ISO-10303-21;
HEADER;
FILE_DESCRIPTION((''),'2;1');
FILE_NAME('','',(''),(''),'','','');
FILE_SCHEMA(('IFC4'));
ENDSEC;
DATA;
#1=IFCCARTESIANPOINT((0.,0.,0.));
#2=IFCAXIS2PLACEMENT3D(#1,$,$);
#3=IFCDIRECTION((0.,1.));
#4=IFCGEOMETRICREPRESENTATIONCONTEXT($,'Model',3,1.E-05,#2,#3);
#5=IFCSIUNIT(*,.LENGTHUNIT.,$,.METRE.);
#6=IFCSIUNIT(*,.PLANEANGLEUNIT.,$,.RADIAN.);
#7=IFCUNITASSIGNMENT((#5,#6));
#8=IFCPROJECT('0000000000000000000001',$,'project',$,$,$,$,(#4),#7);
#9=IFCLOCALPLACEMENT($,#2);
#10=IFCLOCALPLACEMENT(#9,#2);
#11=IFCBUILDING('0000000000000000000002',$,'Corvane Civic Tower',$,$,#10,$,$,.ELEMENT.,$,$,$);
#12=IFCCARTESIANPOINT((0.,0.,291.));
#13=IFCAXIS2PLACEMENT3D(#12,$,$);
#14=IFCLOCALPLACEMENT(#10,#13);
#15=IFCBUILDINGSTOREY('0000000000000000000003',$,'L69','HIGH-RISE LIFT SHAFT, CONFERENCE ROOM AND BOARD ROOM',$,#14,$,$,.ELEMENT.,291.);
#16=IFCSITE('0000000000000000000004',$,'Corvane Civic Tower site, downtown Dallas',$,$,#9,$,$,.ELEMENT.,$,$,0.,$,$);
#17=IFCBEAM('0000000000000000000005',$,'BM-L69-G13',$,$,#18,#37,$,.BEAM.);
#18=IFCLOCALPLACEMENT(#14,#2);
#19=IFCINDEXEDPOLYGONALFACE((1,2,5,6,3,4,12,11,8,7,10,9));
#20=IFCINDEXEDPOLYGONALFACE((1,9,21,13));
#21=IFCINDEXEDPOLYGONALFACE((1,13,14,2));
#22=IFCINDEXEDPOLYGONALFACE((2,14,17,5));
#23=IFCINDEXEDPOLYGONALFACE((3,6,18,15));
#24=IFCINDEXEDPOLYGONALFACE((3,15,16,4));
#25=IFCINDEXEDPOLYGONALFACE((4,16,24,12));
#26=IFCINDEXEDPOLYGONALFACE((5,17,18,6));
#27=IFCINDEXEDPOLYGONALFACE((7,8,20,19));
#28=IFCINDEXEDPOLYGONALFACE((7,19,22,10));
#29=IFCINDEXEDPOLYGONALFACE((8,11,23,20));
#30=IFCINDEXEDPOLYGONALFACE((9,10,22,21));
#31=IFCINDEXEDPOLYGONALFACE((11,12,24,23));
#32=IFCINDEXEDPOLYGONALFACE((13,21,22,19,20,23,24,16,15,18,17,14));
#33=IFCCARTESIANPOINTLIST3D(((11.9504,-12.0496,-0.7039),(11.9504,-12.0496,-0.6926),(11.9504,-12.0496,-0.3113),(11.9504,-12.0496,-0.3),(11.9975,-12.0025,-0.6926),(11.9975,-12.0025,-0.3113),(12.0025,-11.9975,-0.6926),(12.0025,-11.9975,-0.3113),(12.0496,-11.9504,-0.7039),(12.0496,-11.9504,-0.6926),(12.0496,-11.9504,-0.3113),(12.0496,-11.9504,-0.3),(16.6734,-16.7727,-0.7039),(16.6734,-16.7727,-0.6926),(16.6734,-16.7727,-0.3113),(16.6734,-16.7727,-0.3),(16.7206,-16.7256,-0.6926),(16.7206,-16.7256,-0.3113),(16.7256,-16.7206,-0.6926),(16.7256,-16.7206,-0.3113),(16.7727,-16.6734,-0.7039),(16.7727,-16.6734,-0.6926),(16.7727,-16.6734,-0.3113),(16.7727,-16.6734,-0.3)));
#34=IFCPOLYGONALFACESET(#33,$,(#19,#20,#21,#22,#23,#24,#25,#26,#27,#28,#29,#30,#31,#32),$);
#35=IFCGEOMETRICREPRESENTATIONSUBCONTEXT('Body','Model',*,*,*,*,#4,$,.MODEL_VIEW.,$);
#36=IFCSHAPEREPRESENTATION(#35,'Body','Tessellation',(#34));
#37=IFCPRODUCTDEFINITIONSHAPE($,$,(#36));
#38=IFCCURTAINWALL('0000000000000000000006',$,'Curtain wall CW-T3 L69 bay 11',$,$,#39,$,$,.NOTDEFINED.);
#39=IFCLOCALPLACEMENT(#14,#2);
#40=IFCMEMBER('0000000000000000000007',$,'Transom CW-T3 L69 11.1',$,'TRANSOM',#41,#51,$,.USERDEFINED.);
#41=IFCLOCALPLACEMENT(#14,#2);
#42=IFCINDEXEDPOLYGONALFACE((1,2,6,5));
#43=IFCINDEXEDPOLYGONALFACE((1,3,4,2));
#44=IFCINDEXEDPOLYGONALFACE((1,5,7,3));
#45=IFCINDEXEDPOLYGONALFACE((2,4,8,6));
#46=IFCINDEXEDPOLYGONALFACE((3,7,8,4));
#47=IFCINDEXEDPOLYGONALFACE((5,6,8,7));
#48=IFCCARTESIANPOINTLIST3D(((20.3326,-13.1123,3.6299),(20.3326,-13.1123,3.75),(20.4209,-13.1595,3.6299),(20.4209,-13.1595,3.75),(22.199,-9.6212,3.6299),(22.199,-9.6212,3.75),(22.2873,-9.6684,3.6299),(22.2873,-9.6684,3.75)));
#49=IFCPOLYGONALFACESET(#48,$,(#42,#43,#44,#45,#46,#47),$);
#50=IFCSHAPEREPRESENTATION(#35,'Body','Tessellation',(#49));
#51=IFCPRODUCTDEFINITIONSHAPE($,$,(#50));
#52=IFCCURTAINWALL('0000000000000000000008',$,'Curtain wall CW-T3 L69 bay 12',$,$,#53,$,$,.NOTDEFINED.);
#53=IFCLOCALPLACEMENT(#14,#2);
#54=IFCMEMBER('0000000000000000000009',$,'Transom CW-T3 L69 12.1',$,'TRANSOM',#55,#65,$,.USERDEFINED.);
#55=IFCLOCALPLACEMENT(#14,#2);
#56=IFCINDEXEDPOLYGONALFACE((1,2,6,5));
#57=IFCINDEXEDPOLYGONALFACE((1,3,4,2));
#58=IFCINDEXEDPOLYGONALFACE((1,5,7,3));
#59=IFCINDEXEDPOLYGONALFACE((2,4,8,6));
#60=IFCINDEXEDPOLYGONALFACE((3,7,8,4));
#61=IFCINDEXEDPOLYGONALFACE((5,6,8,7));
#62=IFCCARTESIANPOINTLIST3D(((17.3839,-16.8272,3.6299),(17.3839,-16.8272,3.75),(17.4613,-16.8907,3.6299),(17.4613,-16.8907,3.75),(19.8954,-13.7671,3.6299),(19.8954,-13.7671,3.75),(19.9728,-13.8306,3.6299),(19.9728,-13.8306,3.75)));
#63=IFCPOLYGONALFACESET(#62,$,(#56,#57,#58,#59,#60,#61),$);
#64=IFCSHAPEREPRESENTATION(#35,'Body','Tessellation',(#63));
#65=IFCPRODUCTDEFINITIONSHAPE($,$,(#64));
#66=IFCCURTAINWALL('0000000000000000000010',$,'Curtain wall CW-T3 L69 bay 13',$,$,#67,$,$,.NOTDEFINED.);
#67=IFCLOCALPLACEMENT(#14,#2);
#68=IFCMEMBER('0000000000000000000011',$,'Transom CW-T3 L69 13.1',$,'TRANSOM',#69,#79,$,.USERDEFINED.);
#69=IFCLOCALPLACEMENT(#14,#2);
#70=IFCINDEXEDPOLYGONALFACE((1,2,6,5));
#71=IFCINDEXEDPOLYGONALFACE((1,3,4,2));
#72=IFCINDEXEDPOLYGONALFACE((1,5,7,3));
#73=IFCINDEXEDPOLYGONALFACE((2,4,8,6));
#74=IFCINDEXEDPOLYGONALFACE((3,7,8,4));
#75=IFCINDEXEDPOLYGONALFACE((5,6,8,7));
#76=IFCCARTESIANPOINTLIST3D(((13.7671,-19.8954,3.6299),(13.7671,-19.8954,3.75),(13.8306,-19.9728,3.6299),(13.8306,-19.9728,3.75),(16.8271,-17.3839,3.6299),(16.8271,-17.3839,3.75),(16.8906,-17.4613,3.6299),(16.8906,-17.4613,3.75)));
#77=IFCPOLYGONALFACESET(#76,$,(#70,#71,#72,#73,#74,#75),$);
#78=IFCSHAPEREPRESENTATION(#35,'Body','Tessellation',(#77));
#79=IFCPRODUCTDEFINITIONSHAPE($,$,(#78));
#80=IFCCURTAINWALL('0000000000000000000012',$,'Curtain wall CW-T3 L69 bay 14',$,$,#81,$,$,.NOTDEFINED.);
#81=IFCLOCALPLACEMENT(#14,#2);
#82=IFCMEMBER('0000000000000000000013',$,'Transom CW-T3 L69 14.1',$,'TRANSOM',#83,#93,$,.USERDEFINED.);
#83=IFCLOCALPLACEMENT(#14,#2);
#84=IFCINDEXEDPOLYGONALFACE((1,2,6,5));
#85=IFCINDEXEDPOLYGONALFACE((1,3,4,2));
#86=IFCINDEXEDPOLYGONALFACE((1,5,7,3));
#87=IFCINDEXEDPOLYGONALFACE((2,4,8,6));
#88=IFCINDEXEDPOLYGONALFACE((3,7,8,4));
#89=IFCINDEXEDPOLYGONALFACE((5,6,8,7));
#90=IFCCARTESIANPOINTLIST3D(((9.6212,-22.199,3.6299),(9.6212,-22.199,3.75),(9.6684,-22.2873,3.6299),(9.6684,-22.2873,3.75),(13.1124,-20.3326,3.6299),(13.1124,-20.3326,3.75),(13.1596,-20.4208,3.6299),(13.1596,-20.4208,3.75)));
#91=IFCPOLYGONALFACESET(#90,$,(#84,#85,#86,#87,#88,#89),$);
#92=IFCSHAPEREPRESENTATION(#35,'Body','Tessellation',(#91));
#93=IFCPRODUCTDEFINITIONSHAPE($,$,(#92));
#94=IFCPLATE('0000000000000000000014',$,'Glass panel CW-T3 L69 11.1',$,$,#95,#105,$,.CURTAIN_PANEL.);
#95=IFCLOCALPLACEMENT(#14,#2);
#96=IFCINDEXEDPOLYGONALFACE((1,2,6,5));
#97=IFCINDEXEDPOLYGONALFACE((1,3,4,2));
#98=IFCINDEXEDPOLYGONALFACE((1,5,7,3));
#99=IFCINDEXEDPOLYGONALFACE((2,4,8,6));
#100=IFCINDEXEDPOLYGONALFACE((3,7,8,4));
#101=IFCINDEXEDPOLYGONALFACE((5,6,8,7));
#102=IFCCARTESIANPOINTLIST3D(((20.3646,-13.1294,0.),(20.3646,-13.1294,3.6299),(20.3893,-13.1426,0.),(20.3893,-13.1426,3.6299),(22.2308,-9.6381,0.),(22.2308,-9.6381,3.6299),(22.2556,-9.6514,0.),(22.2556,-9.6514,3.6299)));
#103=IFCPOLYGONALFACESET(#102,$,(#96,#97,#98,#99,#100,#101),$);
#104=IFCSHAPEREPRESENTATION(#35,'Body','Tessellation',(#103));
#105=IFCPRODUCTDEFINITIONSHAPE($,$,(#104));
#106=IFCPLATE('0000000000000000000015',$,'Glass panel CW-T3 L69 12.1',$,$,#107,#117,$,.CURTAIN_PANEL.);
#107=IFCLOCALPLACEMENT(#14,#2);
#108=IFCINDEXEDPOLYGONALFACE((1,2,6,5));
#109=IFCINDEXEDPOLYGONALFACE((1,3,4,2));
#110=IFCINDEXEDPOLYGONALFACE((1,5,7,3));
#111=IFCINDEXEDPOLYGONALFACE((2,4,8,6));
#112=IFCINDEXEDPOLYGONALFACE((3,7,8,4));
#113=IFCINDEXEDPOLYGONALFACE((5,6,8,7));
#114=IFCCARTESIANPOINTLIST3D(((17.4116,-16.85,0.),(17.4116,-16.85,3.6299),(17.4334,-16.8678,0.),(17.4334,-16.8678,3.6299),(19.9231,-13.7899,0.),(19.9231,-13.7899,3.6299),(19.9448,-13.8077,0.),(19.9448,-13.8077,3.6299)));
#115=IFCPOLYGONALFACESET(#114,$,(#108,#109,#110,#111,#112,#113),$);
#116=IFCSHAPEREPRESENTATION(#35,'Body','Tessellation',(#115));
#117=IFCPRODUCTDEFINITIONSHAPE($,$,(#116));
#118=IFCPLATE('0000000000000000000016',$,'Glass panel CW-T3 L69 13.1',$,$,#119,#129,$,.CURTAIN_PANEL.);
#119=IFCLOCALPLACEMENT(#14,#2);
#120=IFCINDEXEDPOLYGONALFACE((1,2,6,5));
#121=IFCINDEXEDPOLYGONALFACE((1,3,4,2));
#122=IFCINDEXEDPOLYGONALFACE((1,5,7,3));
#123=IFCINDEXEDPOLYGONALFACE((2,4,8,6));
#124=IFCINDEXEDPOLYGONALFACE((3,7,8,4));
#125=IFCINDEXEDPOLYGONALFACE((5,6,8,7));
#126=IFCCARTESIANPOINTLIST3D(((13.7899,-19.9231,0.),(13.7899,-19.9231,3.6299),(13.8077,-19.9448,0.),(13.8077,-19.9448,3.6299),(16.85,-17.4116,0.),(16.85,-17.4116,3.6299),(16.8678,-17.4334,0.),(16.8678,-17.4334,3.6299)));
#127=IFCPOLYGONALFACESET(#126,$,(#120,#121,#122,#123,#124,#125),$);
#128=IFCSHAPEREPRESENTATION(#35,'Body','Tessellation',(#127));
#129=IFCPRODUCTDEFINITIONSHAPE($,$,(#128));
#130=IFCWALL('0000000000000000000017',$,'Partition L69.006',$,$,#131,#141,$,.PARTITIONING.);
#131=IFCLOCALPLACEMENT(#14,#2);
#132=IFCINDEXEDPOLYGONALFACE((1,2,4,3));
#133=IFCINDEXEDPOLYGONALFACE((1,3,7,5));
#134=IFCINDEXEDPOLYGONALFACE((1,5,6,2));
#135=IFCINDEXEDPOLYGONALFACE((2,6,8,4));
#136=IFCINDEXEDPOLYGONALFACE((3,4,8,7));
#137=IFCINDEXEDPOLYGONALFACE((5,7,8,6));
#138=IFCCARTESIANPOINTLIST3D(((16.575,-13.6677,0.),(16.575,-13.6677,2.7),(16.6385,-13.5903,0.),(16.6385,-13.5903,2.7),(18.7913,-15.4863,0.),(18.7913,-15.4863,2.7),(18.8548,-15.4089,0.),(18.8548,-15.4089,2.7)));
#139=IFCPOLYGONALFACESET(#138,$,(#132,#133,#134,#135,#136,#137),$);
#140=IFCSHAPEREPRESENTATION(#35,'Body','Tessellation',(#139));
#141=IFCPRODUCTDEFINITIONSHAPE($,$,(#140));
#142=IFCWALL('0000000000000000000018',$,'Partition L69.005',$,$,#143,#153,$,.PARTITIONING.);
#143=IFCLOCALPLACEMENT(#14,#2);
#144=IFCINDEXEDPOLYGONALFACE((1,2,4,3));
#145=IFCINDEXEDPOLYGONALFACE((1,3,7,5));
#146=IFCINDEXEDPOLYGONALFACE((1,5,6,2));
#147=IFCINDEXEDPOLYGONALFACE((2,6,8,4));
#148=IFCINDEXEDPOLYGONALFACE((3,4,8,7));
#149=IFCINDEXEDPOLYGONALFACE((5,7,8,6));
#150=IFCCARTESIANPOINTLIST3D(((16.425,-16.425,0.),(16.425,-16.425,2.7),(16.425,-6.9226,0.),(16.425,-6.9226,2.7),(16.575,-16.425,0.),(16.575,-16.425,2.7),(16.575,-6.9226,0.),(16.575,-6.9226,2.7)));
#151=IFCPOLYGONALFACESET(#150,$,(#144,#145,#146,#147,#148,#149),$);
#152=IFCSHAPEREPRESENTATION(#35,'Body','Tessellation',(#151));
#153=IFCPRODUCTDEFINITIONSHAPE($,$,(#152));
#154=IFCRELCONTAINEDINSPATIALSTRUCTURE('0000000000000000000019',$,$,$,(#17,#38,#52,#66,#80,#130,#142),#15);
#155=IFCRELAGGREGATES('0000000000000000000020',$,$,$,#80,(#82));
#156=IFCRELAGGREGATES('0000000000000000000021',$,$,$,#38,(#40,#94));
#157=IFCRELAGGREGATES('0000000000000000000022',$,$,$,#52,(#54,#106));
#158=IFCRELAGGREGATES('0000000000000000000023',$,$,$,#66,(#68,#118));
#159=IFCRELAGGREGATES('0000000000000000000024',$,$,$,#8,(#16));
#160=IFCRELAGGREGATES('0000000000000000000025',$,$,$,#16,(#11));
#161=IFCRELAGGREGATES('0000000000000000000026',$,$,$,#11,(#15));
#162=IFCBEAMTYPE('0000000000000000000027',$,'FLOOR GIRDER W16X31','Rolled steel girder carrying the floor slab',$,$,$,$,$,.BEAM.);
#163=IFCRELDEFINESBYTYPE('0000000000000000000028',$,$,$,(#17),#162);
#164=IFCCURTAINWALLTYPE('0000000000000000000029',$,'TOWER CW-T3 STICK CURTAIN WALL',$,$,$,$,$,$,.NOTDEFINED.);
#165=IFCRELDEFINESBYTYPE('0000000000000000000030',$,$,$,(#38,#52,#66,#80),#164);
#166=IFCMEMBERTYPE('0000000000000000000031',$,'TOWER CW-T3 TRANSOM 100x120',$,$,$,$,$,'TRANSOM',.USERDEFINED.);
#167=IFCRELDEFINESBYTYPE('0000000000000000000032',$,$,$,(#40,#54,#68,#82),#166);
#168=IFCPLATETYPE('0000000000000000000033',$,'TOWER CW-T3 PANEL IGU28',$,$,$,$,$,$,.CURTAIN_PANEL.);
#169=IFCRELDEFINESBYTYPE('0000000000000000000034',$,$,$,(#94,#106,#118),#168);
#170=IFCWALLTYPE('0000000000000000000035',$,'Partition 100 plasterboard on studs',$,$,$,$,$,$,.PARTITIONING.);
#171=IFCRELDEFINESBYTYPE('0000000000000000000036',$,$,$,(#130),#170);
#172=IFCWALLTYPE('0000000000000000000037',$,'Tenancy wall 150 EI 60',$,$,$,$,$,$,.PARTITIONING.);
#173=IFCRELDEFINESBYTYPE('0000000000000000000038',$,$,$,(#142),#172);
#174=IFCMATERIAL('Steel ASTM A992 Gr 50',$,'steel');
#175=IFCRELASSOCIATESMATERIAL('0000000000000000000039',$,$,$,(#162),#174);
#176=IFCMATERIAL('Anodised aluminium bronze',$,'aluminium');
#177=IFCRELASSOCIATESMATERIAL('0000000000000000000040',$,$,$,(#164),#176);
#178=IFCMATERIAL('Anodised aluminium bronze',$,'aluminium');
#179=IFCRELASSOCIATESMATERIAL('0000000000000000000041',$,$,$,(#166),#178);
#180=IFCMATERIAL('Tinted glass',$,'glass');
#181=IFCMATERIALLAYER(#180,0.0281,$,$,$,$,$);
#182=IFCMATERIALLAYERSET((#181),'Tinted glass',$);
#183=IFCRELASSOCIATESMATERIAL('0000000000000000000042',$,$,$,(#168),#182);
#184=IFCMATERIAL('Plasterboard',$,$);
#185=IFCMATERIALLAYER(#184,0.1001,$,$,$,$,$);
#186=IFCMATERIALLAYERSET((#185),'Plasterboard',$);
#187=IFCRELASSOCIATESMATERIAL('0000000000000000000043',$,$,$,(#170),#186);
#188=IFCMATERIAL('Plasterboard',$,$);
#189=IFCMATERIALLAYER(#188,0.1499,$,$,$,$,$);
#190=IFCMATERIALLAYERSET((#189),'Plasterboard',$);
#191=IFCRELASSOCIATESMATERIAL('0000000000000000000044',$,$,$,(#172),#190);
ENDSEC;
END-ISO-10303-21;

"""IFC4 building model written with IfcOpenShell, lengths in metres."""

from ifc_helpers import new_model, si_unit, direction, frame, frame_2d, origin, origin_2d, place, context, subcontext, project, spatial, rectangle, i_section, extrude, material, layer, layer_set, material_profile, profile_set, type_object, element, aggregate, save


model = new_model("IFC4")

# Units and contexts
model_context = context("Model", 3, precision=1e-05, world=origin(), true_north=direction((0.0, 1.0)))
body_context = subcontext(model_context, "Body", "Model", "MODEL_VIEW")
ifc_project = project(units=[si_unit("LENGTHUNIT", "METRE"), si_unit("PLANEANGLEUNIT", "RADIAN")], contexts=[model_context])

# Site, building, storey
site_placement = place(None, origin())
site = spatial("IfcSite", under=ifc_project, at=site_placement, Name="Corvane Civic Tower site, downtown Dallas", CompositionType="ELEMENT", RefElevation=0.0)
building_placement = place(site_placement, origin())
building = spatial("IfcBuilding", under=site, at=building_placement, Name="Corvane Civic Tower", CompositionType="ELEMENT")
storey_placement = place(building_placement, frame((0.0, 0.0, 291.0)))
storey = spatial("IfcBuildingStorey", under=building, at=storey_placement, Name="L69", Description="HIGH-RISE LIFT SHAFT, CONFERENCE ROOM AND BOARD ROOM", CompositionType="ELEMENT", Elevation=291.0)

# Beam
ifc_material_1 = material(Name="Steel ASTM A992 Gr 50", Category="steel")
ifc_material_profile_1 = material_profile(ifc_material_1, i_section(OverallWidth=0.1404, OverallDepth=0.4038, WebThickness=0.0071, FlangeThickness=0.0112, at=origin_2d()), Name="W16X31")
ifc_profile_set_1 = profile_set([ifc_material_profile_1], Name="Steel ASTM A992 Gr 50")
beam_type_1 = type_object("IfcBeamType", Name="FLOOR GIRDER W16X31", Description="Rolled steel girder carrying the floor slab", PredefinedType="BEAM", material=ifc_profile_set_1)
beam_1_placement = place(storey_placement, frame((12.0, -12.0, -0.502), z_axis=(0.707107, -0.707107, 0.0), x_axis=(0.707107, 0.707107, 0.0)))
element("IfcBeam", 1, at=beam_1_placement, inside=storey, type_object=beam_type_1, Name="BM-L69-G13", PredefinedType="BEAM", context=body_context, shape_type="SweptSolid", body=[
    extrude(i_section(OverallWidth=0.1404, OverallDepth=0.4038, WebThickness=0.0071, FlangeThickness=0.0112, at=origin_2d()), origin(), (0.0, 0.0, 1.0), 6.6794),
])

# Curtain walls, members
ifc_material_2 = material(Name="Anodised aluminium bronze", Category="aluminium")
curtain_wall_type = type_object("IfcCurtainWallType", Name="TOWER CW-T3 STICK CURTAIN WALL", PredefinedType="NOTDEFINED", material=ifc_material_2)
curtain_wall_1_placement = place(storey_placement, origin())
curtain_wall_1 = element("IfcCurtainWall", 2, at=curtain_wall_1_placement, inside=storey, type_object=curtain_wall_type, Name="Curtain wall CW-T3 L69 bay 11", PredefinedType="NOTDEFINED")
ifc_material_3 = material(Name="Anodised aluminium bronze", Category="aluminium")
ifc_material_profile_2 = material_profile(ifc_material_3, rectangle(XDim=0.1001, YDim=0.1201, at=origin_2d()), Name="TOWER CW-T3 TRANSOM 100x120")
ifc_profile_set_2 = profile_set([ifc_material_profile_2], Name="Anodised aluminium bronze")
member_type = type_object("IfcMemberType", Name="TOWER CW-T3 TRANSOM 100x120", ElementType="TRANSOM", PredefinedType="USERDEFINED", material=ifc_profile_set_2)
member_1_placement = place(storey_placement, frame((22.2432, -9.6448, 3.6899), z_axis=(-0.471468, -0.881883, 0.0), x_axis=(0.881883, -0.471468, 0.0)))
member_1 = element("IfcMember", 3, at=member_1_placement, type_object=member_type, Name="Transom CW-T3 L69 11.1", ObjectType="TRANSOM", PredefinedType="USERDEFINED", context=body_context, shape_type="SweptSolid", body=[
    extrude(rectangle(XDim=0.1001, YDim=0.1201, at=origin_2d()), origin(), (0.0, 0.0, 1.0), 3.9587),
])
curtain_wall_2_placement = place(storey_placement, origin())
curtain_wall_2 = element("IfcCurtainWall", 4, at=curtain_wall_2_placement, inside=storey, type_object=curtain_wall_type, Name="Curtain wall CW-T3 L69 bay 12", PredefinedType="NOTDEFINED")
member_2_placement = place(storey_placement, frame((19.9341, -13.7988, 3.6899), z_axis=(-0.634416, -0.772992, 0.0), x_axis=(0.772992, -0.634416, 0.0)))
member_2 = element("IfcMember", 5, at=member_2_placement, type_object=member_type, Name="Transom CW-T3 L69 12.1", ObjectType="TRANSOM", PredefinedType="USERDEFINED", context=body_context, shape_type="SweptSolid", body=[
    extrude(rectangle(XDim=0.1001, YDim=0.1201, at=origin_2d()), origin(), (0.0, 0.0, 1.0), 3.9587),
])
curtain_wall_3_placement = place(storey_placement, origin())
curtain_wall_3 = element("IfcCurtainWall", 6, at=curtain_wall_3_placement, inside=storey, type_object=curtain_wall_type, Name="Curtain wall CW-T3 L69 bay 13", PredefinedType="NOTDEFINED")
member_3_placement = place(storey_placement, frame((16.8589, -17.4226, 3.6899), z_axis=(-0.772992, -0.634416, 0.0), x_axis=(0.634416, -0.772992, 0.0)))
member_3 = element("IfcMember", 7, at=member_3_placement, type_object=member_type, Name="Transom CW-T3 L69 13.1", ObjectType="TRANSOM", PredefinedType="USERDEFINED", context=body_context, shape_type="SweptSolid", body=[
    extrude(rectangle(XDim=0.1001, YDim=0.1201, at=origin_2d()), origin(), (0.0, 0.0, 1.0), 3.9587),
])
curtain_wall_4_placement = place(storey_placement, origin())
curtain_wall_4 = element("IfcCurtainWall", 8, at=curtain_wall_4_placement, inside=storey, type_object=curtain_wall_type, Name="Curtain wall CW-T3 L69 bay 14", PredefinedType="NOTDEFINED")
member_4_placement = place(storey_placement, frame((13.136, -20.3767, 3.6899), z_axis=(-0.881883, -0.471468, 0.0), x_axis=(0.471468, -0.881883, 0.0)))
member_4 = element("IfcMember", 9, at=member_4_placement, type_object=member_type, Name="Transom CW-T3 L69 14.1", ObjectType="TRANSOM", PredefinedType="USERDEFINED", context=body_context, shape_type="SweptSolid", body=[
    extrude(rectangle(XDim=0.1001, YDim=0.1201, at=origin_2d()), origin(), (0.0, 0.0, 1.0), 3.9587),
])
aggregate(curtain_wall_4, [member_4])

# Plates
ifc_material_4 = material(Name="Tinted glass", Category="glass")
ifc_layer_1 = layer(ifc_material_4, 0.0281)
ifc_layer_set_1 = layer_set([ifc_layer_1], Name="Tinted glass")
plate_type = type_object("IfcPlateType", Name="TOWER CW-T3 PANEL IGU28", PredefinedType="CURTAIN_PANEL", material=ifc_layer_set_1)
plate_1_placement = place(storey_placement, frame((21.3101, -11.3904, 0.0), z_axis=(0.0, 0.0, 1.0), x_axis=(-0.471421, -0.881908, 0.0)))
plate_1 = element("IfcPlate", 10, at=plate_1_placement, type_object=plate_type, Name="Glass panel CW-T3 L69 11.1", PredefinedType="CURTAIN_PANEL", context=body_context, shape_type="SweptSolid", body=[
    extrude(rectangle(XDim=3.9587, YDim=0.0281, at=origin_2d()), origin(), (0.0, 0.0, 1.0), 3.6299),
])
aggregate(curtain_wall_1, [member_1, plate_1])
plate_2_placement = place(storey_placement, frame((18.6782, -15.3289, 0.0), z_axis=(0.0, 0.0, 1.0), x_axis=(-0.634405, -0.773001, 0.0)))
plate_2 = element("IfcPlate", 11, at=plate_2_placement, type_object=plate_type, Name="Glass panel CW-T3 L69 12.1", PredefinedType="CURTAIN_PANEL", context=body_context, shape_type="SweptSolid", body=[
    extrude(rectangle(XDim=3.9587, YDim=0.0281, at=origin_2d()), origin(), (0.0, 0.0, 1.0), 3.6299),
])
aggregate(curtain_wall_2, [member_2, plate_2])
plate_3_placement = place(storey_placement, frame((15.3289, -18.6782, 0.0), z_axis=(0.0, 0.0, 1.0), x_axis=(-0.773001, -0.634405, 0.0)))
plate_3 = element("IfcPlate", 12, at=plate_3_placement, type_object=plate_type, Name="Glass panel CW-T3 L69 13.1", PredefinedType="CURTAIN_PANEL", context=body_context, shape_type="SweptSolid", body=[
    extrude(rectangle(XDim=3.9587, YDim=0.0281, at=origin_2d()), origin(), (0.0, 0.0, 1.0), 3.6299),
])
aggregate(curtain_wall_3, [member_3, plate_3])

# Walls
ifc_material_5 = material(Name="Plasterboard")
ifc_layer_2 = layer(ifc_material_5, 0.1001)
ifc_layer_set_2 = layer_set([ifc_layer_2], Name="Plasterboard")
wall_type_1 = type_object("IfcWallType", Name="Partition 100 plasterboard on studs", PredefinedType="PARTITIONING", material=ifc_layer_set_2)
wall_1_placement = place(storey_placement, frame((16.6067, -13.6289, 0.0), z_axis=(0.0, 0.0, 1.0), x_axis=(0.773057, -0.634336, 0.0)))
element("IfcWall", 13, at=wall_1_placement, inside=storey, type_object=wall_type_1, Name="Partition L69.006", PredefinedType="PARTITIONING", context=body_context, shape_type="SweptSolid", body=[
    extrude(rectangle(XDim=2.8669, YDim=0.1001, at=frame_2d((1.4336, 0.0))), origin(), (0.0, 0.0, 1.0), 2.7),
])
ifc_material_6 = material(Name="Plasterboard")
ifc_layer_3 = layer(ifc_material_6, 0.1499)
ifc_layer_set_3 = layer_set([ifc_layer_3], Name="Plasterboard")
wall_type_2 = type_object("IfcWallType", Name="Tenancy wall 150 EI 60", PredefinedType="PARTITIONING", material=ifc_layer_set_3)
wall_2_placement = place(storey_placement, frame((16.5, -16.425, 0.0), z_axis=(0.0, 0.0, 1.0), x_axis=(0.0, 1.0, 0.0)))
element("IfcWall", 14, at=wall_2_placement, inside=storey, type_object=wall_type_2, Name="Partition L69.005", PredefinedType="PARTITIONING", context=body_context, shape_type="SweptSolid", body=[
    extrude(rectangle(XDim=9.5024, YDim=0.1499, at=frame_2d((4.7512, 0.0))), origin(), (0.0, 0.0, 1.0), 2.7),
])

save(model, "model.ifc")
